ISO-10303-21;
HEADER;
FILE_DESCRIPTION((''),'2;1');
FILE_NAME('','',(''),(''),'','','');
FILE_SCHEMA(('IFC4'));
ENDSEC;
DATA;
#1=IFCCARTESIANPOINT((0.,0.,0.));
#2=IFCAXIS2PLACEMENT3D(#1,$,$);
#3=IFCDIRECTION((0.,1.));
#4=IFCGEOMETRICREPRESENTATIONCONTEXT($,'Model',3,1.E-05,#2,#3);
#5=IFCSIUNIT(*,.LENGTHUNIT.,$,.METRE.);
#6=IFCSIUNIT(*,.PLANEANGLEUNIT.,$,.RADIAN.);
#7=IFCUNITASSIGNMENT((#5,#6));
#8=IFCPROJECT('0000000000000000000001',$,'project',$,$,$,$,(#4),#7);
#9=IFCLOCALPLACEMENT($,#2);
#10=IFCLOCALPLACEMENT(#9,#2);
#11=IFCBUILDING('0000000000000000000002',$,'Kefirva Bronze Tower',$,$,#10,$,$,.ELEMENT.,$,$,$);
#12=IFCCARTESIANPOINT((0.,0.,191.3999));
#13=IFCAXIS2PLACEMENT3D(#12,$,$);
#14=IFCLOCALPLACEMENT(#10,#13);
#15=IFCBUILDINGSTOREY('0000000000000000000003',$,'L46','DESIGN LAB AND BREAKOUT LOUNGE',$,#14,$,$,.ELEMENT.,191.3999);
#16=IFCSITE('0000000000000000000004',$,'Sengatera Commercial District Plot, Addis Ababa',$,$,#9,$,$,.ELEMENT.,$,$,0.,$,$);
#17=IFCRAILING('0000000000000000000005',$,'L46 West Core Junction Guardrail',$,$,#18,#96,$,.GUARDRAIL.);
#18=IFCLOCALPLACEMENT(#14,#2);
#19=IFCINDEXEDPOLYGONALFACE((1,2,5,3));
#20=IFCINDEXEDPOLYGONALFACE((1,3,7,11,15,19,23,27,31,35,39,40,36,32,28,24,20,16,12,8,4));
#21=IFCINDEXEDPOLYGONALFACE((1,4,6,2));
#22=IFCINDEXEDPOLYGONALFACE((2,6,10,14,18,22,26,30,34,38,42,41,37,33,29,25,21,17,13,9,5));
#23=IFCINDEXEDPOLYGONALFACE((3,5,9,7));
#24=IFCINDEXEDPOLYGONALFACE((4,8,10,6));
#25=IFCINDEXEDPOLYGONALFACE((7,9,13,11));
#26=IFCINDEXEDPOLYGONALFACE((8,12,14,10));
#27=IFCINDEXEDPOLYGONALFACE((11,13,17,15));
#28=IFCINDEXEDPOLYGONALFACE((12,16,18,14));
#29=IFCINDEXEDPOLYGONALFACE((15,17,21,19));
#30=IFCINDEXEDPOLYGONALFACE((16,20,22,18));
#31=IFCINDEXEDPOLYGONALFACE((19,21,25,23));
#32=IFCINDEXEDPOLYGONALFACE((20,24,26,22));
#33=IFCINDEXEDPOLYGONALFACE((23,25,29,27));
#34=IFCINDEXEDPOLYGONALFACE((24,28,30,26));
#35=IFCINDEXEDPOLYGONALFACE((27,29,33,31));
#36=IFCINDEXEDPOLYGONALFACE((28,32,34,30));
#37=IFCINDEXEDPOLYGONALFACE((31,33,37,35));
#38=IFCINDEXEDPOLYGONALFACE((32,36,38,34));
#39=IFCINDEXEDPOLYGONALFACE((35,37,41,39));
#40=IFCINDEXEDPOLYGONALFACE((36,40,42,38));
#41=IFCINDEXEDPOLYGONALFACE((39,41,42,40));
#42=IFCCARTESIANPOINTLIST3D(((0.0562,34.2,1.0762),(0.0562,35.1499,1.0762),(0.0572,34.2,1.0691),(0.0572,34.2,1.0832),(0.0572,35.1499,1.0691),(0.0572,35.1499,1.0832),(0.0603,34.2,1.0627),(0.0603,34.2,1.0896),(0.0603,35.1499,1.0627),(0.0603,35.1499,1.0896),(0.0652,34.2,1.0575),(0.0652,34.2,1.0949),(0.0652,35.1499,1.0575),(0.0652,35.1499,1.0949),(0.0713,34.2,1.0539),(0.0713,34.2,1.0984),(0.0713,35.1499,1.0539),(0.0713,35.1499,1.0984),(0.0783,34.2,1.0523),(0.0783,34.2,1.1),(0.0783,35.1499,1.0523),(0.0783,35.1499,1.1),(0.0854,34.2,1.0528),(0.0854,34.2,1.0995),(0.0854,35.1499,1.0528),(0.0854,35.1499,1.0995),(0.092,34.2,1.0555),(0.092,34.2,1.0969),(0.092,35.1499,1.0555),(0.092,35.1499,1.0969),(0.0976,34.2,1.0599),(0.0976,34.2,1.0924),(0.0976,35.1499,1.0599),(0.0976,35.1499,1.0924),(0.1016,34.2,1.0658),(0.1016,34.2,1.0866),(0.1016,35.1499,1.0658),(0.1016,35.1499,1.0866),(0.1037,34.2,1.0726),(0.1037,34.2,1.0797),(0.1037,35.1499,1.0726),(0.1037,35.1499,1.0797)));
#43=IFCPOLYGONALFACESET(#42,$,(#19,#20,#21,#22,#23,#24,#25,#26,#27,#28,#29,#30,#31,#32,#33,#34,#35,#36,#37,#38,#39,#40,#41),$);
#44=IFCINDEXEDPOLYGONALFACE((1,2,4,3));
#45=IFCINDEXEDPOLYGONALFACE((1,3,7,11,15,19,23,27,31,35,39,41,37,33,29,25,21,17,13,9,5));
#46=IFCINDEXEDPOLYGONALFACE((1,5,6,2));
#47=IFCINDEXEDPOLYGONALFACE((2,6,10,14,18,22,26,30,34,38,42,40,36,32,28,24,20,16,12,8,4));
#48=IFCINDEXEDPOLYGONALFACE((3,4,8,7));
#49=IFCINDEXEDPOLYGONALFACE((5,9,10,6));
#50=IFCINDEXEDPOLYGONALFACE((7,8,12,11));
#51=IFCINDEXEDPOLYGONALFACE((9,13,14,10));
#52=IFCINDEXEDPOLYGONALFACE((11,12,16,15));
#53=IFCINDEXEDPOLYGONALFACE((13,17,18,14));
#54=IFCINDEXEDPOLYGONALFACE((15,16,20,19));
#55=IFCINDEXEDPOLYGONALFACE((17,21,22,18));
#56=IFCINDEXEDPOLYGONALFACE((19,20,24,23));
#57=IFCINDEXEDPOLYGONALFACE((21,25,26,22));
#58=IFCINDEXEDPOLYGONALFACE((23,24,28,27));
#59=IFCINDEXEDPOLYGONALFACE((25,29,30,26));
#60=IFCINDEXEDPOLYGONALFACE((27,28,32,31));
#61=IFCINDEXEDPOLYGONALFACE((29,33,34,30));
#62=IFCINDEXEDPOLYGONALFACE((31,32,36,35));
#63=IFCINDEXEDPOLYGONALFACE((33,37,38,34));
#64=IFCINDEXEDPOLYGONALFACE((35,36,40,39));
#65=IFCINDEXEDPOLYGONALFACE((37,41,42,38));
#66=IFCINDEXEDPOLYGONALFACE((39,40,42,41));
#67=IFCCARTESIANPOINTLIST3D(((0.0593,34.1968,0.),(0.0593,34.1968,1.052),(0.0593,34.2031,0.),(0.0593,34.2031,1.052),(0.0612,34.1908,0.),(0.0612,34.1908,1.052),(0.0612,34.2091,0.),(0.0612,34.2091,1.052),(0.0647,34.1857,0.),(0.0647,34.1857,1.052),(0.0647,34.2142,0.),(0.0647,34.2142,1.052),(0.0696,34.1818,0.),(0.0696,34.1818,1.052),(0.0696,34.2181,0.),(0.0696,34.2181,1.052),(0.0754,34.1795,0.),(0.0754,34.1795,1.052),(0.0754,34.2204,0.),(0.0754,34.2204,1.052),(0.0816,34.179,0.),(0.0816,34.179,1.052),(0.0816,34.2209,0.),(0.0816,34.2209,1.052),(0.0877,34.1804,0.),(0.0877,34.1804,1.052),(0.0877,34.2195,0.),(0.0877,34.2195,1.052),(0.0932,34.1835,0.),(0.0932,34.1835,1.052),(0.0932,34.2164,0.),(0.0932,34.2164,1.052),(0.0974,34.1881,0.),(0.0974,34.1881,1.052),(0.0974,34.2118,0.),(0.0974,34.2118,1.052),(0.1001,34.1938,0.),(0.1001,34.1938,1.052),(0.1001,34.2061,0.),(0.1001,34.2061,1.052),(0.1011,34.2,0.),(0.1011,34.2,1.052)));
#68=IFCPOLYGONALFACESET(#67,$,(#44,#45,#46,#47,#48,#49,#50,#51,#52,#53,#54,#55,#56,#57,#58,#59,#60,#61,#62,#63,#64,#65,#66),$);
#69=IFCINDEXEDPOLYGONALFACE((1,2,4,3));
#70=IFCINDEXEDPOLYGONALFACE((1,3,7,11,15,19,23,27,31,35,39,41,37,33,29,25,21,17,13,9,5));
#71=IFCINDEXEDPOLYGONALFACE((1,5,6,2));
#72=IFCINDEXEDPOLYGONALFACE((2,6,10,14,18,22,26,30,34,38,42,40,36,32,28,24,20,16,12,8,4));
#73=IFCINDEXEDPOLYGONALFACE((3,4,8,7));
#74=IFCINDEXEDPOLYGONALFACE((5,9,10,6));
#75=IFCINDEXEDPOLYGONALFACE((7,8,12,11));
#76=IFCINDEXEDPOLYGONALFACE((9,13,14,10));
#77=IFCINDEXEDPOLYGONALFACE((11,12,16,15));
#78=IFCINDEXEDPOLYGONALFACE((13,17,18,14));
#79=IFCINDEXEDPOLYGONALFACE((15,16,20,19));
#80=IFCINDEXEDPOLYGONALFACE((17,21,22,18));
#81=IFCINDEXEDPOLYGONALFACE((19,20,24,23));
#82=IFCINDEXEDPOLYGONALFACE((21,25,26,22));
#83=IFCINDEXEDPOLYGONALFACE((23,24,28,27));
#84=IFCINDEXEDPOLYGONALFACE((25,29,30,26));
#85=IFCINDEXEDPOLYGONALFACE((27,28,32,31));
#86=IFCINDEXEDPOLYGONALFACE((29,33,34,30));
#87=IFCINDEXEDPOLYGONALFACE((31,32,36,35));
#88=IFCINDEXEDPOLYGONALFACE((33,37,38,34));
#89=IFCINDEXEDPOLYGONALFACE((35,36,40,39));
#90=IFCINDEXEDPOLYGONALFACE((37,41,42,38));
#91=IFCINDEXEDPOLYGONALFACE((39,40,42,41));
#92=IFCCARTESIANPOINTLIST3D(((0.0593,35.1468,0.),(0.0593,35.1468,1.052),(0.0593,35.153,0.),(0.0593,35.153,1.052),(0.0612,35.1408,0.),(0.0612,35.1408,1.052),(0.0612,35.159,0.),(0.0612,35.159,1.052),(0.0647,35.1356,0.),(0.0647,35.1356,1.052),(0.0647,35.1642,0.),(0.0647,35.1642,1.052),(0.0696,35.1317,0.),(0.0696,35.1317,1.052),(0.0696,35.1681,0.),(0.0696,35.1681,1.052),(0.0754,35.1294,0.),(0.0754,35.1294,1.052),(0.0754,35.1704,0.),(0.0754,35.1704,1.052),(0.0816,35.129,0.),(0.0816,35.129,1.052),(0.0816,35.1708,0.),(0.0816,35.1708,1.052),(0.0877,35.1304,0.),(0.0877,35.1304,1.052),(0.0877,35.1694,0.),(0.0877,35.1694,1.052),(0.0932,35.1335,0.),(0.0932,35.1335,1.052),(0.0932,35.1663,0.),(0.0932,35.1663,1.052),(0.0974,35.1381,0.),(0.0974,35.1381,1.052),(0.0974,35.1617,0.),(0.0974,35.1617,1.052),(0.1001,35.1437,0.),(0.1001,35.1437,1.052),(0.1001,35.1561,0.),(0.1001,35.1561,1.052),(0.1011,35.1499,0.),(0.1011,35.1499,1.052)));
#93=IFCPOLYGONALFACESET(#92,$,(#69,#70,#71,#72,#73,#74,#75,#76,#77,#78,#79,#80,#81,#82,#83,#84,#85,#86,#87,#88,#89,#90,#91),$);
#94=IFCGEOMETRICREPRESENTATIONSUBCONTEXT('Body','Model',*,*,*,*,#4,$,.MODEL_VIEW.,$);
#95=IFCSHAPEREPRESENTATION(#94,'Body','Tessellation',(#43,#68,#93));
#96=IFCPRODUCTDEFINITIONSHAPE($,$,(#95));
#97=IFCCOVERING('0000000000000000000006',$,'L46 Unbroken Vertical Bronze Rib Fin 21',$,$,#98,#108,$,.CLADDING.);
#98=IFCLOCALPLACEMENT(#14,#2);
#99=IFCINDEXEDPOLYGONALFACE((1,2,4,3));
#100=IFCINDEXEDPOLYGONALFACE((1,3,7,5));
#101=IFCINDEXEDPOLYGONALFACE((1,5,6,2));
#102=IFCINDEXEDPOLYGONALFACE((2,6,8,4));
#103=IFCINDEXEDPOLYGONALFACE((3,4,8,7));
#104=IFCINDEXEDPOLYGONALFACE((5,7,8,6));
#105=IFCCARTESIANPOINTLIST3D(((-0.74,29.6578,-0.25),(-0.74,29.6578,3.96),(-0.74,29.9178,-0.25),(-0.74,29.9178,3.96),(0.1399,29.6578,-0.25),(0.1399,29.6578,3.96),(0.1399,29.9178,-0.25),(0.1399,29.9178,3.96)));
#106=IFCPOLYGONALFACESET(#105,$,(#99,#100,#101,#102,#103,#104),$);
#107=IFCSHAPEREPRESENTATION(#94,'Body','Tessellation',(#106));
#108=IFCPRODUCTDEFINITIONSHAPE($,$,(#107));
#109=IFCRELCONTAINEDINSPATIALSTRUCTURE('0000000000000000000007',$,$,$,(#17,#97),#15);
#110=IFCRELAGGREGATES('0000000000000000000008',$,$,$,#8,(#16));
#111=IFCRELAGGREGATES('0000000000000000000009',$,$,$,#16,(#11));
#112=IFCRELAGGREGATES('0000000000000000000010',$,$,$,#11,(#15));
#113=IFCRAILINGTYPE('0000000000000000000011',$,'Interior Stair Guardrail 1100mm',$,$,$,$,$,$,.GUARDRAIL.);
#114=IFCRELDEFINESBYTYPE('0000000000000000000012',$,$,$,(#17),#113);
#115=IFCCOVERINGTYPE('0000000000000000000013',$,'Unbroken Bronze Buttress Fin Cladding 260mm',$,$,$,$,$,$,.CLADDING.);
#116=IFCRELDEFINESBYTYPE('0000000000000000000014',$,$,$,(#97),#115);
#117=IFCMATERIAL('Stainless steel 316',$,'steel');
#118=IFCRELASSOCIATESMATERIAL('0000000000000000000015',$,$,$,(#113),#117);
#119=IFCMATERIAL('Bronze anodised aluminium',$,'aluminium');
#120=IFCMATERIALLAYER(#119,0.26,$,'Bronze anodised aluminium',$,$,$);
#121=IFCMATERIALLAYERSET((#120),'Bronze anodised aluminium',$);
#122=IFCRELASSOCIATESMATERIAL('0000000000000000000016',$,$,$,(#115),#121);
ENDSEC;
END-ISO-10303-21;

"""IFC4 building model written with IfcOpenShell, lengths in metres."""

from ifc_helpers import new_model, si_unit, direction, frame, origin, origin_2d, place, context, subcontext, project, spatial, rectangle, circle, extrude, material, layer, layer_set, type_object, element, save


model = new_model("IFC4")

# Units and contexts
model_context = context("Model", 3, precision=1e-05, world=origin(), true_north=direction((0.0, 1.0)))
body_context = subcontext(model_context, "Body", "Model", "MODEL_VIEW")
ifc_project = project(units=[si_unit("LENGTHUNIT", "METRE"), si_unit("PLANEANGLEUNIT", "RADIAN")], contexts=[model_context])

# Site, building, storey
site_placement = place(None, origin())
site = spatial("IfcSite", under=ifc_project, at=site_placement, Name="Sengatera Commercial District Plot, Addis Ababa", CompositionType="ELEMENT", RefElevation=0.0)
building_placement = place(site_placement, origin())
building = spatial("IfcBuilding", under=site, at=building_placement, Name="Kefirva Bronze Tower", CompositionType="ELEMENT")
storey_placement = place(building_placement, frame((0.0, 0.0, 191.3999)))
storey = spatial("IfcBuildingStorey", under=building, at=storey_placement, Name="L46", Description="DESIGN LAB AND BREAKOUT LOUNGE", CompositionType="ELEMENT", Elevation=191.3999)

# Shared definitions
ifc_material_1 = material(Name="Bronze anodised aluminium", Category="aluminium")

# Railing
ifc_material_2 = material(Name="Stainless steel 316", Category="steel")
railing_type = type_object("IfcRailingType", Name="Interior Stair Guardrail 1100mm", PredefinedType="GUARDRAIL", material=ifc_material_2)
railing_placement = place(storey_placement, frame((0.0801, 34.2, 0.0)))
element("IfcRailing", 1, at=railing_placement, inside=storey, type_object=railing_type, Name="L46 West Core Junction Guardrail", PredefinedType="GUARDRAIL", context=body_context, shape_type="SweptSolid", body=[
    extrude(circle(Radius=0.0239, at=origin_2d()), frame((0.0, 0.0, 1.0762), z_axis=(0.0, 1.0, 0.0), x_axis=(-1.0, 0.0, 0.0)), (0.0, 0.0, 1.0), 0.95),
    extrude(circle(Radius=0.021, at=origin_2d()), origin(), (0.0, 0.0, 1.0), 1.052),
    extrude(circle(Radius=0.021, at=origin_2d()), frame((0.0, 0.95, 0.0)), (0.0, 0.0, 1.0), 1.052),
])

# Covering
ifc_layer_1 = layer(ifc_material_1, 0.26, Name="Bronze anodised aluminium")
ifc_layer_set_1 = layer_set([ifc_layer_1], Name="Bronze anodised aluminium")
covering_type = type_object("IfcCoveringType", Name="Unbroken Bronze Buttress Fin Cladding 260mm", PredefinedType="CLADDING", material=ifc_layer_set_1)
covering_placement = place(storey_placement, frame((-0.3, 29.7878, -0.25), z_axis=(0.0, 0.0, 1.0), x_axis=(0.0, -1.0, 0.0)))
element("IfcCovering", 2, at=covering_placement, inside=storey, type_object=covering_type, Name="L46 Unbroken Vertical Bronze Rib Fin 21", PredefinedType="CLADDING", context=body_context, shape_type="SweptSolid", body=[
    extrude(rectangle(XDim=0.26, YDim=0.8799, at=origin_2d()), origin(), (0.0, 0.0, 1.0), 4.21),
])

save(model, "model.ifc")
